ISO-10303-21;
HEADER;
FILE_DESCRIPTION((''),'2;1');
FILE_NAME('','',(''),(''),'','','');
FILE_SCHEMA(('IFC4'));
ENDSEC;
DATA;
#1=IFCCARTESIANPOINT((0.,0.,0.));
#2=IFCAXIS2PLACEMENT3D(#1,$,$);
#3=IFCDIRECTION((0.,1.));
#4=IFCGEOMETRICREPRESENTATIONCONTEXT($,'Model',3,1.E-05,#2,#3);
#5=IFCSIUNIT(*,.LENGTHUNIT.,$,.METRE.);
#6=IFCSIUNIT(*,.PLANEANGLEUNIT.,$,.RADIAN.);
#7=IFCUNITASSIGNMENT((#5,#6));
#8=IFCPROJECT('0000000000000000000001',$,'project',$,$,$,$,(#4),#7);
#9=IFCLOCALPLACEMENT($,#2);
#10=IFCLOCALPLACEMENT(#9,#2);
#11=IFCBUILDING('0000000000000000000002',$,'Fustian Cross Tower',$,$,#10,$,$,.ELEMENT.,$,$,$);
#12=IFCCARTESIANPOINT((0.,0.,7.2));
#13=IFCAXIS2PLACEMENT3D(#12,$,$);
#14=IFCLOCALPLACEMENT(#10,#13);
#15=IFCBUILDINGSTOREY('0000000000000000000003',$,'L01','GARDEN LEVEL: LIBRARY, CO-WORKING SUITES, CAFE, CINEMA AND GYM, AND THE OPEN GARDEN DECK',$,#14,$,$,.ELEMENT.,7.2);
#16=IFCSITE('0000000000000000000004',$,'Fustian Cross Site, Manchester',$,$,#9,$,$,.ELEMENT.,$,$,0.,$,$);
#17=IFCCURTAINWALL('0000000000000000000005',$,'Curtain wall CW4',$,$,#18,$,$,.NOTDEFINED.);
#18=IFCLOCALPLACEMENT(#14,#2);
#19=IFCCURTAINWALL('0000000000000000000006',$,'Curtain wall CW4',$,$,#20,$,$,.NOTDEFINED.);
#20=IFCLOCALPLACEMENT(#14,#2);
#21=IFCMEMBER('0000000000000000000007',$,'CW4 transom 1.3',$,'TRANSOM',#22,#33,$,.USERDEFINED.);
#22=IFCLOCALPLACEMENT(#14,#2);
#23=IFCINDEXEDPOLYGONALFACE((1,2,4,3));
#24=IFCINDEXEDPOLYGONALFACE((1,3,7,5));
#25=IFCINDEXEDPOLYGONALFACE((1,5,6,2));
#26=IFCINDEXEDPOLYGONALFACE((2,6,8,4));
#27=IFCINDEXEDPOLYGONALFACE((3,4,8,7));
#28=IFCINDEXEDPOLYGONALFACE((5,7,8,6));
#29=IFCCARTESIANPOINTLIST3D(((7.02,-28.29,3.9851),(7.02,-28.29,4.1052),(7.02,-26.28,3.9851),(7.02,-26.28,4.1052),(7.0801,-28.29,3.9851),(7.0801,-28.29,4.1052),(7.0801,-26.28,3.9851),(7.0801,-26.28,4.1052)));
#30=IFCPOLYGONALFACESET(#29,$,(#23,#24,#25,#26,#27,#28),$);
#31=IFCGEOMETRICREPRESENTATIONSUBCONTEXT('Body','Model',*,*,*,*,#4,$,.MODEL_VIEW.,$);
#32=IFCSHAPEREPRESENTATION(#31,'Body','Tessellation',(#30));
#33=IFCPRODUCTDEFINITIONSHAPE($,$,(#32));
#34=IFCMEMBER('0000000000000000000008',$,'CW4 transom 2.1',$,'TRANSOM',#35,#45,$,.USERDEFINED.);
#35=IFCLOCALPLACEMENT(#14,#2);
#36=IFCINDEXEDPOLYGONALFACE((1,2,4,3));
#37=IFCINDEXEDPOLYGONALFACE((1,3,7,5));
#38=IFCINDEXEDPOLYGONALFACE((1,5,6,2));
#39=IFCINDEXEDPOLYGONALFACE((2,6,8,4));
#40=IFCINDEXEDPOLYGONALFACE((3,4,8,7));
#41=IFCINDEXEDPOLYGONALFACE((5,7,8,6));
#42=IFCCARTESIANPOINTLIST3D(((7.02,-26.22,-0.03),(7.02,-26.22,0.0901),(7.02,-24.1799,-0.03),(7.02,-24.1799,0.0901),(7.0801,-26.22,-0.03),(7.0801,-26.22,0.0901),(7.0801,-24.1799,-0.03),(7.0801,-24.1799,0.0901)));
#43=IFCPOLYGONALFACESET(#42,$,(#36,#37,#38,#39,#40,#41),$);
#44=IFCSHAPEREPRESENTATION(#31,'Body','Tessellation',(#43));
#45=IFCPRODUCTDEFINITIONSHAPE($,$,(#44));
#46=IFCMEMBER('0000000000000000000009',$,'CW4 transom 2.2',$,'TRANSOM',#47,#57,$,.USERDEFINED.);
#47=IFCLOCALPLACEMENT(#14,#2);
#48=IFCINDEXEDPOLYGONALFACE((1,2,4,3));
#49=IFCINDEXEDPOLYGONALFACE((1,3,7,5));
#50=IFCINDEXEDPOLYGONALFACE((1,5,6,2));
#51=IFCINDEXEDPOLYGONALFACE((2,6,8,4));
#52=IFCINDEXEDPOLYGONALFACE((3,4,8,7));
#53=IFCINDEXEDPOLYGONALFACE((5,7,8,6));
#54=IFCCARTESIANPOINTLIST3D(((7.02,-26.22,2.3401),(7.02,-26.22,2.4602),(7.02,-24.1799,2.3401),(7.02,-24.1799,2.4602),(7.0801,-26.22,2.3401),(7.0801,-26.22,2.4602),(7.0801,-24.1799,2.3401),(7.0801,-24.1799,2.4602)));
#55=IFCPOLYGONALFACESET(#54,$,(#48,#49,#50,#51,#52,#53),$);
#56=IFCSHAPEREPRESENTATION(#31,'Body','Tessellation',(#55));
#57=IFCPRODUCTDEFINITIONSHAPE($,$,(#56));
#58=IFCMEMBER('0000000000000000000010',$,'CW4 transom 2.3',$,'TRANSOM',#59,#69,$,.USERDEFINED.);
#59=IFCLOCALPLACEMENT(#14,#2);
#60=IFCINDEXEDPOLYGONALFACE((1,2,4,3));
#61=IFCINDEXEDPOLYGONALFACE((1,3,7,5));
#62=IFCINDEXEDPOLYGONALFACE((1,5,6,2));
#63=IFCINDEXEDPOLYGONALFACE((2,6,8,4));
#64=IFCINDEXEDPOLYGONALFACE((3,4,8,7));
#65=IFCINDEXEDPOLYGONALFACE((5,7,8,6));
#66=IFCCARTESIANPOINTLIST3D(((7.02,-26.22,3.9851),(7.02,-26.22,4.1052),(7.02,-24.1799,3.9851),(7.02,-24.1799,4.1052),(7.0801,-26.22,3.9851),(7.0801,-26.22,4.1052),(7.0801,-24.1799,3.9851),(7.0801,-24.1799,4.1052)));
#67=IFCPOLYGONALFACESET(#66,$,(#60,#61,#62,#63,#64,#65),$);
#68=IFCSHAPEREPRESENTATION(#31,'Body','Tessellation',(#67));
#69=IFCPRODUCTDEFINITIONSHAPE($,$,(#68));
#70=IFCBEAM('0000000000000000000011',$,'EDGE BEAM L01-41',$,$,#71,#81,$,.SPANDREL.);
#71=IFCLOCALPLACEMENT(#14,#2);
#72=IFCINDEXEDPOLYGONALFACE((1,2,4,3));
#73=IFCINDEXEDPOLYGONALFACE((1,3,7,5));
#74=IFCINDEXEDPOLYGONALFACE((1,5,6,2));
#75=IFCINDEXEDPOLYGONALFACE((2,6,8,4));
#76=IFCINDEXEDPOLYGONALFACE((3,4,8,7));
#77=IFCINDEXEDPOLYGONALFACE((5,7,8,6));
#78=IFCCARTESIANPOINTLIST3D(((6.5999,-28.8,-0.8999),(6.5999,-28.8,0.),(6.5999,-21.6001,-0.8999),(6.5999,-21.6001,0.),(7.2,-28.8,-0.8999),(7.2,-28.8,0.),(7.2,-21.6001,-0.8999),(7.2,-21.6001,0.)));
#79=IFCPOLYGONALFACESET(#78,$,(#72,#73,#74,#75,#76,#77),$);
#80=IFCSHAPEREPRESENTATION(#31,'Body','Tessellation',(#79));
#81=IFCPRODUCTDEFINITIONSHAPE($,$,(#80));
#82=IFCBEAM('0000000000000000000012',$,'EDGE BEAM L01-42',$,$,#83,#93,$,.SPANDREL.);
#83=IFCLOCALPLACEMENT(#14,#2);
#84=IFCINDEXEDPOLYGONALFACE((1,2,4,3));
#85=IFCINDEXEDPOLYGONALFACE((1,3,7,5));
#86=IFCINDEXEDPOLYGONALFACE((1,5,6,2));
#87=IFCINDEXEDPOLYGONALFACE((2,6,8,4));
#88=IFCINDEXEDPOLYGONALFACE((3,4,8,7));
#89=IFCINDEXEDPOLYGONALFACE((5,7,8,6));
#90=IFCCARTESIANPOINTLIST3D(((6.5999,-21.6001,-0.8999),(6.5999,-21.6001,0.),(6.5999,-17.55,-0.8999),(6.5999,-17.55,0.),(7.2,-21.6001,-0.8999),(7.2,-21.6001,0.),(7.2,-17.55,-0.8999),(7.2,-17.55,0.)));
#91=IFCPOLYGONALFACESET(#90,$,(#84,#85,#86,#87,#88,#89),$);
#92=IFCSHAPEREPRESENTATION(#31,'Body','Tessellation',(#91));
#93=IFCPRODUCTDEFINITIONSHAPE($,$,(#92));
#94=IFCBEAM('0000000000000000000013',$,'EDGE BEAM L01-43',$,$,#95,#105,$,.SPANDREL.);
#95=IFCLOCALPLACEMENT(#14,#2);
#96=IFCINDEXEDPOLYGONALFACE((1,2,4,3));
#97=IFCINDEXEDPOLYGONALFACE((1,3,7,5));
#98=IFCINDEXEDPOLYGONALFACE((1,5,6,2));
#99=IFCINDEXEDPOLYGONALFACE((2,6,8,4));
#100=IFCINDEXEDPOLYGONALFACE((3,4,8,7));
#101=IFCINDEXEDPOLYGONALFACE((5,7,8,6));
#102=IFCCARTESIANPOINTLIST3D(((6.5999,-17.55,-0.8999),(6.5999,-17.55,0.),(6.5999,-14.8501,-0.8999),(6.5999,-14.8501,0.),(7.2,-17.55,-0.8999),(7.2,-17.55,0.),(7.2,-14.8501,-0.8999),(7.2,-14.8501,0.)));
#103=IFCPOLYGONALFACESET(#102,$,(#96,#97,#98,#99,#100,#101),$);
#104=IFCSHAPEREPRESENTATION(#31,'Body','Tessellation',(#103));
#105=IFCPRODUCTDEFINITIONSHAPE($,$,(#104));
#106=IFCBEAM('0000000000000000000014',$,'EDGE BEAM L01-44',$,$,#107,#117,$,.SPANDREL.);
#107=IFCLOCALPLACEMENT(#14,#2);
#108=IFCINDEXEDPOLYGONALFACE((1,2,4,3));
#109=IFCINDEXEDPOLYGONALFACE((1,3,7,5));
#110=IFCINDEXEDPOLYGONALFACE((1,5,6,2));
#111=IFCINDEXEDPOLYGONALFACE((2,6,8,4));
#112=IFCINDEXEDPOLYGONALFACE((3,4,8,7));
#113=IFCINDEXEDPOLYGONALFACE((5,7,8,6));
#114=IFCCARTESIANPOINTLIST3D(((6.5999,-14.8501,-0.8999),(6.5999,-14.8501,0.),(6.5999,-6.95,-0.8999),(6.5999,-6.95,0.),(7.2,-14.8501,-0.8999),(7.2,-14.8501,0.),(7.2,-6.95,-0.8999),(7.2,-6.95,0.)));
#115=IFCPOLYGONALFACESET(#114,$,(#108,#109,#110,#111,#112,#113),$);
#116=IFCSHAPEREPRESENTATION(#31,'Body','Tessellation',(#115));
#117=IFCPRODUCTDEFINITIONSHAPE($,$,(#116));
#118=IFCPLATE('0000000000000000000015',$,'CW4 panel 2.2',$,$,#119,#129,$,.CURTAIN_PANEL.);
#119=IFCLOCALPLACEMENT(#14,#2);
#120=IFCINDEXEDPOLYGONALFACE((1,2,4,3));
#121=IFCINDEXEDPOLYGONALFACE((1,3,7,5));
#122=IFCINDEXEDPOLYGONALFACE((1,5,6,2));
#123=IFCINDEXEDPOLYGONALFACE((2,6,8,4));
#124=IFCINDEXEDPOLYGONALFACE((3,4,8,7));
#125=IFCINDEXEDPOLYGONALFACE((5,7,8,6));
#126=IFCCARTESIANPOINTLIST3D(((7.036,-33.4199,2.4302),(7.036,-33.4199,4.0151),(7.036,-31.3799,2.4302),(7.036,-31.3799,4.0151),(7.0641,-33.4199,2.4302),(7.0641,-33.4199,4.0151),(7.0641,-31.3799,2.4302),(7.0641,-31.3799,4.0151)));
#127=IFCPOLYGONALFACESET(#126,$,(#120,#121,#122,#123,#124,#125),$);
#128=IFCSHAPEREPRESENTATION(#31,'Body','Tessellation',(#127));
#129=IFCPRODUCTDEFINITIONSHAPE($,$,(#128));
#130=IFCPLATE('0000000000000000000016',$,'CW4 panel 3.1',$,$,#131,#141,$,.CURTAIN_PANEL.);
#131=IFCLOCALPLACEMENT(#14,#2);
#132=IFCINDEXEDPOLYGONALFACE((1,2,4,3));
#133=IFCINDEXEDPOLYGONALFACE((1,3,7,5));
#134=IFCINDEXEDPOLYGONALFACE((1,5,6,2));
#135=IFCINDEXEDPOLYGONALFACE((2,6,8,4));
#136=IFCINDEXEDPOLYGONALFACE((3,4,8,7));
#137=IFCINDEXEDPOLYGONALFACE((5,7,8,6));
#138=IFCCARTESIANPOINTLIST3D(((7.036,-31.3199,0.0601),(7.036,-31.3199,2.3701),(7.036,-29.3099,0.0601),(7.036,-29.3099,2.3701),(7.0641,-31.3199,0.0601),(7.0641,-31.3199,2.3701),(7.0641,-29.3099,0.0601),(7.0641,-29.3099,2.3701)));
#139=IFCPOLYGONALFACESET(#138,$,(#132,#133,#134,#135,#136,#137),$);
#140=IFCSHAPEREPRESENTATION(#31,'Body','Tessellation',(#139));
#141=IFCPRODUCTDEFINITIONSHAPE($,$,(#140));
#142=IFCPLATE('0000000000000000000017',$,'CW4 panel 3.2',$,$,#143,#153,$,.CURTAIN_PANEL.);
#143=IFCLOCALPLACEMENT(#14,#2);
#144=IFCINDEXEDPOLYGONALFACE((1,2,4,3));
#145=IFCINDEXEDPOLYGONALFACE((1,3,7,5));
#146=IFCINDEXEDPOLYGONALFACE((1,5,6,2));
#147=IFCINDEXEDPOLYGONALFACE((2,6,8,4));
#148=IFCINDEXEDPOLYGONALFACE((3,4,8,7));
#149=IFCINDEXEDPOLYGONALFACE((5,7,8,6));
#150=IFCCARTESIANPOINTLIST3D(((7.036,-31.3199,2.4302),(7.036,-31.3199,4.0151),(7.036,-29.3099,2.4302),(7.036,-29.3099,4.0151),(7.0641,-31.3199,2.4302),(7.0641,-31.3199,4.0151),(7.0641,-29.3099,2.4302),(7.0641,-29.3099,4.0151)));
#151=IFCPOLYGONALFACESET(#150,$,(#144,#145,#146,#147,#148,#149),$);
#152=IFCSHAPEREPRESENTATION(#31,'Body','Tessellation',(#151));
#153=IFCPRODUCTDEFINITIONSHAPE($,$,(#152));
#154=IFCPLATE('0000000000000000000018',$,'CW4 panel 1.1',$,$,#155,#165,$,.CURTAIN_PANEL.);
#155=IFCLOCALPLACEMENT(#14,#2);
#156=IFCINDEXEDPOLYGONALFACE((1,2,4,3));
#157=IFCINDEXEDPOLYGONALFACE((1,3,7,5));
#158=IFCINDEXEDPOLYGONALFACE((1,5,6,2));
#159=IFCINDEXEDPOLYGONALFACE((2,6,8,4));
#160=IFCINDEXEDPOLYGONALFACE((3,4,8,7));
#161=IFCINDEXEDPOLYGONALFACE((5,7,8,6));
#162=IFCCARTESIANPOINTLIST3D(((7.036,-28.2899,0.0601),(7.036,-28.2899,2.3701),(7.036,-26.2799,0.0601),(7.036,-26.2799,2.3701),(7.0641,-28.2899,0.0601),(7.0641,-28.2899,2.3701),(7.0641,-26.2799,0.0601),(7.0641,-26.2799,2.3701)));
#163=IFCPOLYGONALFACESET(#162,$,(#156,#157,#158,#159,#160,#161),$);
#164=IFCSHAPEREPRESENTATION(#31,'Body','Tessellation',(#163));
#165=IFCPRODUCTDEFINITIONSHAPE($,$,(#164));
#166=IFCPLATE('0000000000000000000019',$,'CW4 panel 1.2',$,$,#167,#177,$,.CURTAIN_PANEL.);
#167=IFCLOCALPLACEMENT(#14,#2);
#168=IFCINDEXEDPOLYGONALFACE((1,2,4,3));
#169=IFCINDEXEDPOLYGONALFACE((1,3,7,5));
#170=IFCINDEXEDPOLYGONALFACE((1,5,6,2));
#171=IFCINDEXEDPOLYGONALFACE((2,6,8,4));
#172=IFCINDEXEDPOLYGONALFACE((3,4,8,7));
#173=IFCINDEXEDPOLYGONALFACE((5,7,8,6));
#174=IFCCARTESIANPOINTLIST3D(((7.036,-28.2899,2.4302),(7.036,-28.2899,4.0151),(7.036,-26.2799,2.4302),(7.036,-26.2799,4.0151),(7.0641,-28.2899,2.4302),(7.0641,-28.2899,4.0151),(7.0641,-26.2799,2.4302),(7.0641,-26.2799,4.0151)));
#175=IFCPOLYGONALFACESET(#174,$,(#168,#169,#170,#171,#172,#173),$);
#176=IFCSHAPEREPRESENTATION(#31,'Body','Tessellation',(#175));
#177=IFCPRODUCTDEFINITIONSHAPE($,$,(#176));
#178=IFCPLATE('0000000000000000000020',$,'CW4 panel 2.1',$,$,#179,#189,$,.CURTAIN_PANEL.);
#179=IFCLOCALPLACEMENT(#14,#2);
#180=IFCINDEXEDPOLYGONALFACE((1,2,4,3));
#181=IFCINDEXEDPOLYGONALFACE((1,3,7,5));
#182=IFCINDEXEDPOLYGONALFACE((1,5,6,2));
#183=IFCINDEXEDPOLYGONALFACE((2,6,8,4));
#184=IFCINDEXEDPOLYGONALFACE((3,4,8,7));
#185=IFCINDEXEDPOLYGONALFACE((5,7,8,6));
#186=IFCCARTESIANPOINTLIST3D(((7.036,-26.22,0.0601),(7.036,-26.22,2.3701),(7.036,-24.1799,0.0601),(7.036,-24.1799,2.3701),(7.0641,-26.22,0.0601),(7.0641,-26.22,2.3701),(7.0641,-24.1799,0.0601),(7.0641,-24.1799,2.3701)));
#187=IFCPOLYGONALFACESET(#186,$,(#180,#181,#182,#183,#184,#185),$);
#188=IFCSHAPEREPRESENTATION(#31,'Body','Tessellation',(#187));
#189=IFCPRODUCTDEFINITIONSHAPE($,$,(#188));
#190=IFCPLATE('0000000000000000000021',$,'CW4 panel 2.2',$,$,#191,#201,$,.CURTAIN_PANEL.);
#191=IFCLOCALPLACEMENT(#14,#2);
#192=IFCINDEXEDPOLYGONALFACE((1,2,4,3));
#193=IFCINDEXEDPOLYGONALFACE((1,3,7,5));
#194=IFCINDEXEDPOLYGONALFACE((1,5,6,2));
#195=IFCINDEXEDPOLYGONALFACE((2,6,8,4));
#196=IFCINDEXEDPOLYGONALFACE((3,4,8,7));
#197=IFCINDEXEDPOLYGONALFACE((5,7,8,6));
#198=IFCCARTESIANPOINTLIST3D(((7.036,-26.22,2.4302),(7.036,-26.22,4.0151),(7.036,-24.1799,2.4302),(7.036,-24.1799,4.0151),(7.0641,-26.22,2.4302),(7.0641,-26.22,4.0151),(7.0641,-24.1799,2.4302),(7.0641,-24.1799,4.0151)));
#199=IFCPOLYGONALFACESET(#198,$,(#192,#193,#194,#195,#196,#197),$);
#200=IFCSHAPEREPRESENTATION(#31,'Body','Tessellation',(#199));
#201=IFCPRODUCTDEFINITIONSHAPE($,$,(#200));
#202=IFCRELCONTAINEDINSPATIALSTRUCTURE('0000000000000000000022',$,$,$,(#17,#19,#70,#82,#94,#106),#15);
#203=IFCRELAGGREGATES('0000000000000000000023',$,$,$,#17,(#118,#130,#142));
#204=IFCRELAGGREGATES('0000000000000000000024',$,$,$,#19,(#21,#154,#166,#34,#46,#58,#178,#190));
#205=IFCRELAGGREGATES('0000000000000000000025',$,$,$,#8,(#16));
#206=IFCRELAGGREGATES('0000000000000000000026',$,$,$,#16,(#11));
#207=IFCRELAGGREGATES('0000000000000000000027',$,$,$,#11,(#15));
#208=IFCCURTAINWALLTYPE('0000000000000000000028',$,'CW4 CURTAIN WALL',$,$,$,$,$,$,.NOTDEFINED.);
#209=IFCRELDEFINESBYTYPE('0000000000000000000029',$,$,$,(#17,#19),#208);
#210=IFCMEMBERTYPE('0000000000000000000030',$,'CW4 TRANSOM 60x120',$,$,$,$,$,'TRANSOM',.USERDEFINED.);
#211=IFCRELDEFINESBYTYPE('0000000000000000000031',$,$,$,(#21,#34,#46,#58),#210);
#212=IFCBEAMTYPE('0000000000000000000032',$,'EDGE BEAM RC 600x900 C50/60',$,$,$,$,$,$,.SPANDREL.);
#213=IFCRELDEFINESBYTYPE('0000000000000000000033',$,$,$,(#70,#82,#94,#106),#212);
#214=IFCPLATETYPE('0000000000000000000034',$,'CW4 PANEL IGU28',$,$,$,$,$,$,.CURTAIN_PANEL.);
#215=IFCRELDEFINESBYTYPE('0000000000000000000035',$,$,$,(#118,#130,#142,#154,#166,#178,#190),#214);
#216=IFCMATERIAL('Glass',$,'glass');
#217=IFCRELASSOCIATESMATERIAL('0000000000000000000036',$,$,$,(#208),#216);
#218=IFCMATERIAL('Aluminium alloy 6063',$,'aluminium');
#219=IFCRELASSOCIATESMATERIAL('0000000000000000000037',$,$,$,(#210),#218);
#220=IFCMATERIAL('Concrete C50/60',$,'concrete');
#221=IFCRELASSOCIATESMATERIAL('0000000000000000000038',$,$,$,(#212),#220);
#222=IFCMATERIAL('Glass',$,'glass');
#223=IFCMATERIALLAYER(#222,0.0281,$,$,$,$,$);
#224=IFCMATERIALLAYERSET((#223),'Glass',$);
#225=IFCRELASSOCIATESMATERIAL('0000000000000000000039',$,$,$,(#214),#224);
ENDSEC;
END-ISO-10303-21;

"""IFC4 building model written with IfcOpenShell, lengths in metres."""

from ifc_helpers import new_model, si_unit, direction, frame, origin, origin_2d, place, context, subcontext, project, spatial, rectangle, extrude, material, layer, layer_set, material_profile, profile_set, type_object, element, aggregate, save


model = new_model("IFC4")

# Units and contexts
model_context = context("Model", 3, precision=1e-05, world=origin(), true_north=direction((0.0, 1.0)))
body_context = subcontext(model_context, "Body", "Model", "MODEL_VIEW")
ifc_project = project(units=[si_unit("LENGTHUNIT", "METRE"), si_unit("PLANEANGLEUNIT", "RADIAN")], contexts=[model_context])

# Site, building, storey
site_placement = place(None, origin())
site = spatial("IfcSite", under=ifc_project, at=site_placement, Name="Fustian Cross Site, Manchester", CompositionType="ELEMENT", RefElevation=0.0)
building_placement = place(site_placement, origin())
building = spatial("IfcBuilding", under=site, at=building_placement, Name="Fustian Cross Tower", CompositionType="ELEMENT")
storey_placement = place(building_placement, frame((0.0, 0.0, 7.2)))
storey = spatial("IfcBuildingStorey", under=building, at=storey_placement, Name="L01", Description="GARDEN LEVEL: LIBRARY, CO-WORKING SUITES, CAFE, CINEMA AND GYM, AND THE OPEN GARDEN DECK", CompositionType="ELEMENT", Elevation=7.2)

# Curtain walls
ifc_material_1 = material(Name="Glass", Category="glass")
curtain_wall_type = type_object("IfcCurtainWallType", Name="CW4 CURTAIN WALL", PredefinedType="NOTDEFINED", material=ifc_material_1)
curtain_wall_1_placement = place(storey_placement, origin())
curtain_wall_1 = element("IfcCurtainWall", 1, at=curtain_wall_1_placement, inside=storey, type_object=curtain_wall_type, Name="Curtain wall CW4", PredefinedType="NOTDEFINED")
curtain_wall_2_placement = place(storey_placement, origin())
curtain_wall_2 = element("IfcCurtainWall", 2, at=curtain_wall_2_placement, inside=storey, type_object=curtain_wall_type, Name="Curtain wall CW4", PredefinedType="NOTDEFINED")

# Members
ifc_material_2 = material(Name="Aluminium alloy 6063", Category="aluminium")
ifc_material_profile_1 = material_profile(ifc_material_2, rectangle(XDim=0.0601, YDim=0.1201, at=origin_2d()), Name="CW4 TRANSOM 60x120")
ifc_profile_set_1 = profile_set([ifc_material_profile_1], Name="Aluminium alloy 6063")
member_type_1 = type_object("IfcMemberType", Name="CW4 TRANSOM 60x120", ElementType="TRANSOM", PredefinedType="USERDEFINED", material=ifc_profile_set_1)
member_1_placement = place(storey_placement, frame((7.05, -28.29, 4.0452), z_axis=(0.0, 1.0, 0.0), x_axis=(-1.0, 0.0, 0.0)))
member_1 = element("IfcMember", 3, at=member_1_placement, type_object=member_type_1, Name="CW4 transom 1.3", ObjectType="TRANSOM", PredefinedType="USERDEFINED", context=body_context, shape_type="SweptSolid", body=[
    extrude(rectangle(XDim=0.0601, YDim=0.1201, at=origin_2d()), origin(), (0.0, 0.0, 1.0), 2.01),
])
member_2_placement = place(storey_placement, frame((7.05, -26.22, 0.03), z_axis=(0.0, 1.0, 0.0), x_axis=(-1.0, 0.0, 0.0)))
member_2 = element("IfcMember", 4, at=member_2_placement, type_object=member_type_1, Name="CW4 transom 2.1", ObjectType="TRANSOM", PredefinedType="USERDEFINED", context=body_context, shape_type="SweptSolid", body=[
    extrude(rectangle(XDim=0.0601, YDim=0.1201, at=origin_2d()), origin(), (0.0, 0.0, 1.0), 2.04),
])
member_3_placement = place(storey_placement, frame((7.05, -26.22, 2.4001), z_axis=(0.0, 1.0, 0.0), x_axis=(-1.0, 0.0, 0.0)))
member_3 = element("IfcMember", 5, at=member_3_placement, type_object=member_type_1, Name="CW4 transom 2.2", ObjectType="TRANSOM", PredefinedType="USERDEFINED", context=body_context, shape_type="SweptSolid", body=[
    extrude(rectangle(XDim=0.0601, YDim=0.1201, at=origin_2d()), origin(), (0.0, 0.0, 1.0), 2.04),
])
member_4_placement = place(storey_placement, frame((7.05, -26.22, 4.0452), z_axis=(0.0, 1.0, 0.0), x_axis=(-1.0, 0.0, 0.0)))
member_4 = element("IfcMember", 6, at=member_4_placement, type_object=member_type_1, Name="CW4 transom 2.3", ObjectType="TRANSOM", PredefinedType="USERDEFINED", context=body_context, shape_type="SweptSolid", body=[
    extrude(rectangle(XDim=0.0601, YDim=0.1201, at=origin_2d()), origin(), (0.0, 0.0, 1.0), 2.04),
])

# Beams
ifc_material_3 = material(Name="Concrete C50/60", Category="concrete")
ifc_material_profile_2 = material_profile(ifc_material_3, rectangle(XDim=0.6001, YDim=0.8999, at=origin_2d()), Name="RC 600x900")
ifc_profile_set_2 = profile_set([ifc_material_profile_2], Name="Concrete C50/60")
beam_type = type_object("IfcBeamType", Name="EDGE BEAM RC 600x900 C50/60", PredefinedType="SPANDREL", material=ifc_profile_set_2)
beam_1_placement = place(storey_placement, frame((6.8999, -28.8, -0.45), z_axis=(0.0, 1.0, 0.0), x_axis=(-1.0, 0.0, 0.0)))
element("IfcBeam", 7, at=beam_1_placement, inside=storey, type_object=beam_type, Name="EDGE BEAM L01-41", PredefinedType="SPANDREL", context=body_context, shape_type="SweptSolid", body=[
    extrude(rectangle(XDim=0.6001, YDim=0.8999, at=origin_2d()), origin(), (0.0, 0.0, 1.0), 7.2),
])
beam_2_placement = place(storey_placement, frame((6.8999, -21.6001, -0.45), z_axis=(0.0, 1.0, 0.0), x_axis=(-1.0, 0.0, 0.0)))
element("IfcBeam", 8, at=beam_2_placement, inside=storey, type_object=beam_type, Name="EDGE BEAM L01-42", PredefinedType="SPANDREL", context=body_context, shape_type="SweptSolid", body=[
    extrude(rectangle(XDim=0.6001, YDim=0.8999, at=origin_2d()), origin(), (0.0, 0.0, 1.0), 4.05),
])
beam_3_placement = place(storey_placement, frame((6.8999, -17.55, -0.45), z_axis=(0.0, 1.0, 0.0), x_axis=(-1.0, 0.0, 0.0)))
element("IfcBeam", 9, at=beam_3_placement, inside=storey, type_object=beam_type, Name="EDGE BEAM L01-43", PredefinedType="SPANDREL", context=body_context, shape_type="SweptSolid", body=[
    extrude(rectangle(XDim=0.6001, YDim=0.8999, at=origin_2d()), origin(), (0.0, 0.0, 1.0), 2.7),
])
beam_4_placement = place(storey_placement, frame((6.8999, -14.8501, -0.45), z_axis=(0.0, 1.0, 0.0), x_axis=(-1.0, 0.0, 0.0)))
element("IfcBeam", 10, at=beam_4_placement, inside=storey, type_object=beam_type, Name="EDGE BEAM L01-44", PredefinedType="SPANDREL", context=body_context, shape_type="SweptSolid", body=[
    extrude(rectangle(XDim=0.6001, YDim=0.8999, at=origin_2d()), origin(), (0.0, 0.0, 1.0), 7.9001),
])

# Plates
ifc_material_4 = material(Name="Glass", Category="glass")
ifc_layer_1 = layer(ifc_material_4, 0.0281)
ifc_layer_set_1 = layer_set([ifc_layer_1], Name="Glass")
plate_type = type_object("IfcPlateType", Name="CW4 PANEL IGU28", PredefinedType="CURTAIN_PANEL", material=ifc_layer_set_1)
plate_1_placement = place(storey_placement, frame((7.05, -32.3999, 2.4302), z_axis=(0.0, 0.0, 1.0), x_axis=(0.0, 1.0, 0.0)))
plate_1 = element("IfcPlate", 11, at=plate_1_placement, type_object=plate_type, Name="CW4 panel 2.2", PredefinedType="CURTAIN_PANEL", context=body_context, shape_type="SweptSolid", body=[
    extrude(rectangle(XDim=2.04, YDim=0.0281, at=origin_2d()), origin(), (0.0, 0.0, 1.0), 1.585),
])
plate_2_placement = place(storey_placement, frame((7.05, -30.3149, 0.0601), z_axis=(0.0, 0.0, 1.0), x_axis=(0.0, 1.0, 0.0)))
plate_2 = element("IfcPlate", 12, at=plate_2_placement, type_object=plate_type, Name="CW4 panel 3.1", PredefinedType="CURTAIN_PANEL", context=body_context, shape_type="SweptSolid", body=[
    extrude(rectangle(XDim=2.01, YDim=0.0281, at=origin_2d()), origin(), (0.0, 0.0, 1.0), 2.3101),
])
plate_3_placement = place(storey_placement, frame((7.05, -30.3149, 2.4302), z_axis=(0.0, 0.0, 1.0), x_axis=(0.0, 1.0, 0.0)))
plate_3 = element("IfcPlate", 13, at=plate_3_placement, type_object=plate_type, Name="CW4 panel 3.2", PredefinedType="CURTAIN_PANEL", context=body_context, shape_type="SweptSolid", body=[
    extrude(rectangle(XDim=2.01, YDim=0.0281, at=origin_2d()), origin(), (0.0, 0.0, 1.0), 1.585),
])
aggregate(curtain_wall_1, [plate_1, plate_2, plate_3])
plate_4_placement = place(storey_placement, frame((7.05, -27.2849, 0.0601), z_axis=(0.0, 0.0, 1.0), x_axis=(0.0, 1.0, 0.0)))
plate_4 = element("IfcPlate", 14, at=plate_4_placement, type_object=plate_type, Name="CW4 panel 1.1", PredefinedType="CURTAIN_PANEL", context=body_context, shape_type="SweptSolid", body=[
    extrude(rectangle(XDim=2.01, YDim=0.0281, at=origin_2d()), origin(), (0.0, 0.0, 1.0), 2.3101),
])
plate_5_placement = place(storey_placement, frame((7.05, -27.2849, 2.4302), z_axis=(0.0, 0.0, 1.0), x_axis=(0.0, 1.0, 0.0)))
plate_5 = element("IfcPlate", 15, at=plate_5_placement, type_object=plate_type, Name="CW4 panel 1.2", PredefinedType="CURTAIN_PANEL", context=body_context, shape_type="SweptSolid", body=[
    extrude(rectangle(XDim=2.01, YDim=0.0281, at=origin_2d()), origin(), (0.0, 0.0, 1.0), 1.585),
])
plate_6_placement = place(storey_placement, frame((7.05, -25.2, 0.0601), z_axis=(0.0, 0.0, 1.0), x_axis=(0.0, 1.0, 0.0)))
plate_6 = element("IfcPlate", 16, at=plate_6_placement, type_object=plate_type, Name="CW4 panel 2.1", PredefinedType="CURTAIN_PANEL", context=body_context, shape_type="SweptSolid", body=[
    extrude(rectangle(XDim=2.04, YDim=0.0281, at=origin_2d()), origin(), (0.0, 0.0, 1.0), 2.3101),
])
plate_7_placement = place(storey_placement, frame((7.05, -25.2, 2.4302), z_axis=(0.0, 0.0, 1.0), x_axis=(0.0, 1.0, 0.0)))
plate_7 = element("IfcPlate", 17, at=plate_7_placement, type_object=plate_type, Name="CW4 panel 2.2", PredefinedType="CURTAIN_PANEL", context=body_context, shape_type="SweptSolid", body=[
    extrude(rectangle(XDim=2.04, YDim=0.0281, at=origin_2d()), origin(), (0.0, 0.0, 1.0), 1.585),
])
aggregate(curtain_wall_2, [member_1, plate_4, plate_5, member_2, member_3, member_4, plate_6, plate_7])

save(model, "model.ifc")
